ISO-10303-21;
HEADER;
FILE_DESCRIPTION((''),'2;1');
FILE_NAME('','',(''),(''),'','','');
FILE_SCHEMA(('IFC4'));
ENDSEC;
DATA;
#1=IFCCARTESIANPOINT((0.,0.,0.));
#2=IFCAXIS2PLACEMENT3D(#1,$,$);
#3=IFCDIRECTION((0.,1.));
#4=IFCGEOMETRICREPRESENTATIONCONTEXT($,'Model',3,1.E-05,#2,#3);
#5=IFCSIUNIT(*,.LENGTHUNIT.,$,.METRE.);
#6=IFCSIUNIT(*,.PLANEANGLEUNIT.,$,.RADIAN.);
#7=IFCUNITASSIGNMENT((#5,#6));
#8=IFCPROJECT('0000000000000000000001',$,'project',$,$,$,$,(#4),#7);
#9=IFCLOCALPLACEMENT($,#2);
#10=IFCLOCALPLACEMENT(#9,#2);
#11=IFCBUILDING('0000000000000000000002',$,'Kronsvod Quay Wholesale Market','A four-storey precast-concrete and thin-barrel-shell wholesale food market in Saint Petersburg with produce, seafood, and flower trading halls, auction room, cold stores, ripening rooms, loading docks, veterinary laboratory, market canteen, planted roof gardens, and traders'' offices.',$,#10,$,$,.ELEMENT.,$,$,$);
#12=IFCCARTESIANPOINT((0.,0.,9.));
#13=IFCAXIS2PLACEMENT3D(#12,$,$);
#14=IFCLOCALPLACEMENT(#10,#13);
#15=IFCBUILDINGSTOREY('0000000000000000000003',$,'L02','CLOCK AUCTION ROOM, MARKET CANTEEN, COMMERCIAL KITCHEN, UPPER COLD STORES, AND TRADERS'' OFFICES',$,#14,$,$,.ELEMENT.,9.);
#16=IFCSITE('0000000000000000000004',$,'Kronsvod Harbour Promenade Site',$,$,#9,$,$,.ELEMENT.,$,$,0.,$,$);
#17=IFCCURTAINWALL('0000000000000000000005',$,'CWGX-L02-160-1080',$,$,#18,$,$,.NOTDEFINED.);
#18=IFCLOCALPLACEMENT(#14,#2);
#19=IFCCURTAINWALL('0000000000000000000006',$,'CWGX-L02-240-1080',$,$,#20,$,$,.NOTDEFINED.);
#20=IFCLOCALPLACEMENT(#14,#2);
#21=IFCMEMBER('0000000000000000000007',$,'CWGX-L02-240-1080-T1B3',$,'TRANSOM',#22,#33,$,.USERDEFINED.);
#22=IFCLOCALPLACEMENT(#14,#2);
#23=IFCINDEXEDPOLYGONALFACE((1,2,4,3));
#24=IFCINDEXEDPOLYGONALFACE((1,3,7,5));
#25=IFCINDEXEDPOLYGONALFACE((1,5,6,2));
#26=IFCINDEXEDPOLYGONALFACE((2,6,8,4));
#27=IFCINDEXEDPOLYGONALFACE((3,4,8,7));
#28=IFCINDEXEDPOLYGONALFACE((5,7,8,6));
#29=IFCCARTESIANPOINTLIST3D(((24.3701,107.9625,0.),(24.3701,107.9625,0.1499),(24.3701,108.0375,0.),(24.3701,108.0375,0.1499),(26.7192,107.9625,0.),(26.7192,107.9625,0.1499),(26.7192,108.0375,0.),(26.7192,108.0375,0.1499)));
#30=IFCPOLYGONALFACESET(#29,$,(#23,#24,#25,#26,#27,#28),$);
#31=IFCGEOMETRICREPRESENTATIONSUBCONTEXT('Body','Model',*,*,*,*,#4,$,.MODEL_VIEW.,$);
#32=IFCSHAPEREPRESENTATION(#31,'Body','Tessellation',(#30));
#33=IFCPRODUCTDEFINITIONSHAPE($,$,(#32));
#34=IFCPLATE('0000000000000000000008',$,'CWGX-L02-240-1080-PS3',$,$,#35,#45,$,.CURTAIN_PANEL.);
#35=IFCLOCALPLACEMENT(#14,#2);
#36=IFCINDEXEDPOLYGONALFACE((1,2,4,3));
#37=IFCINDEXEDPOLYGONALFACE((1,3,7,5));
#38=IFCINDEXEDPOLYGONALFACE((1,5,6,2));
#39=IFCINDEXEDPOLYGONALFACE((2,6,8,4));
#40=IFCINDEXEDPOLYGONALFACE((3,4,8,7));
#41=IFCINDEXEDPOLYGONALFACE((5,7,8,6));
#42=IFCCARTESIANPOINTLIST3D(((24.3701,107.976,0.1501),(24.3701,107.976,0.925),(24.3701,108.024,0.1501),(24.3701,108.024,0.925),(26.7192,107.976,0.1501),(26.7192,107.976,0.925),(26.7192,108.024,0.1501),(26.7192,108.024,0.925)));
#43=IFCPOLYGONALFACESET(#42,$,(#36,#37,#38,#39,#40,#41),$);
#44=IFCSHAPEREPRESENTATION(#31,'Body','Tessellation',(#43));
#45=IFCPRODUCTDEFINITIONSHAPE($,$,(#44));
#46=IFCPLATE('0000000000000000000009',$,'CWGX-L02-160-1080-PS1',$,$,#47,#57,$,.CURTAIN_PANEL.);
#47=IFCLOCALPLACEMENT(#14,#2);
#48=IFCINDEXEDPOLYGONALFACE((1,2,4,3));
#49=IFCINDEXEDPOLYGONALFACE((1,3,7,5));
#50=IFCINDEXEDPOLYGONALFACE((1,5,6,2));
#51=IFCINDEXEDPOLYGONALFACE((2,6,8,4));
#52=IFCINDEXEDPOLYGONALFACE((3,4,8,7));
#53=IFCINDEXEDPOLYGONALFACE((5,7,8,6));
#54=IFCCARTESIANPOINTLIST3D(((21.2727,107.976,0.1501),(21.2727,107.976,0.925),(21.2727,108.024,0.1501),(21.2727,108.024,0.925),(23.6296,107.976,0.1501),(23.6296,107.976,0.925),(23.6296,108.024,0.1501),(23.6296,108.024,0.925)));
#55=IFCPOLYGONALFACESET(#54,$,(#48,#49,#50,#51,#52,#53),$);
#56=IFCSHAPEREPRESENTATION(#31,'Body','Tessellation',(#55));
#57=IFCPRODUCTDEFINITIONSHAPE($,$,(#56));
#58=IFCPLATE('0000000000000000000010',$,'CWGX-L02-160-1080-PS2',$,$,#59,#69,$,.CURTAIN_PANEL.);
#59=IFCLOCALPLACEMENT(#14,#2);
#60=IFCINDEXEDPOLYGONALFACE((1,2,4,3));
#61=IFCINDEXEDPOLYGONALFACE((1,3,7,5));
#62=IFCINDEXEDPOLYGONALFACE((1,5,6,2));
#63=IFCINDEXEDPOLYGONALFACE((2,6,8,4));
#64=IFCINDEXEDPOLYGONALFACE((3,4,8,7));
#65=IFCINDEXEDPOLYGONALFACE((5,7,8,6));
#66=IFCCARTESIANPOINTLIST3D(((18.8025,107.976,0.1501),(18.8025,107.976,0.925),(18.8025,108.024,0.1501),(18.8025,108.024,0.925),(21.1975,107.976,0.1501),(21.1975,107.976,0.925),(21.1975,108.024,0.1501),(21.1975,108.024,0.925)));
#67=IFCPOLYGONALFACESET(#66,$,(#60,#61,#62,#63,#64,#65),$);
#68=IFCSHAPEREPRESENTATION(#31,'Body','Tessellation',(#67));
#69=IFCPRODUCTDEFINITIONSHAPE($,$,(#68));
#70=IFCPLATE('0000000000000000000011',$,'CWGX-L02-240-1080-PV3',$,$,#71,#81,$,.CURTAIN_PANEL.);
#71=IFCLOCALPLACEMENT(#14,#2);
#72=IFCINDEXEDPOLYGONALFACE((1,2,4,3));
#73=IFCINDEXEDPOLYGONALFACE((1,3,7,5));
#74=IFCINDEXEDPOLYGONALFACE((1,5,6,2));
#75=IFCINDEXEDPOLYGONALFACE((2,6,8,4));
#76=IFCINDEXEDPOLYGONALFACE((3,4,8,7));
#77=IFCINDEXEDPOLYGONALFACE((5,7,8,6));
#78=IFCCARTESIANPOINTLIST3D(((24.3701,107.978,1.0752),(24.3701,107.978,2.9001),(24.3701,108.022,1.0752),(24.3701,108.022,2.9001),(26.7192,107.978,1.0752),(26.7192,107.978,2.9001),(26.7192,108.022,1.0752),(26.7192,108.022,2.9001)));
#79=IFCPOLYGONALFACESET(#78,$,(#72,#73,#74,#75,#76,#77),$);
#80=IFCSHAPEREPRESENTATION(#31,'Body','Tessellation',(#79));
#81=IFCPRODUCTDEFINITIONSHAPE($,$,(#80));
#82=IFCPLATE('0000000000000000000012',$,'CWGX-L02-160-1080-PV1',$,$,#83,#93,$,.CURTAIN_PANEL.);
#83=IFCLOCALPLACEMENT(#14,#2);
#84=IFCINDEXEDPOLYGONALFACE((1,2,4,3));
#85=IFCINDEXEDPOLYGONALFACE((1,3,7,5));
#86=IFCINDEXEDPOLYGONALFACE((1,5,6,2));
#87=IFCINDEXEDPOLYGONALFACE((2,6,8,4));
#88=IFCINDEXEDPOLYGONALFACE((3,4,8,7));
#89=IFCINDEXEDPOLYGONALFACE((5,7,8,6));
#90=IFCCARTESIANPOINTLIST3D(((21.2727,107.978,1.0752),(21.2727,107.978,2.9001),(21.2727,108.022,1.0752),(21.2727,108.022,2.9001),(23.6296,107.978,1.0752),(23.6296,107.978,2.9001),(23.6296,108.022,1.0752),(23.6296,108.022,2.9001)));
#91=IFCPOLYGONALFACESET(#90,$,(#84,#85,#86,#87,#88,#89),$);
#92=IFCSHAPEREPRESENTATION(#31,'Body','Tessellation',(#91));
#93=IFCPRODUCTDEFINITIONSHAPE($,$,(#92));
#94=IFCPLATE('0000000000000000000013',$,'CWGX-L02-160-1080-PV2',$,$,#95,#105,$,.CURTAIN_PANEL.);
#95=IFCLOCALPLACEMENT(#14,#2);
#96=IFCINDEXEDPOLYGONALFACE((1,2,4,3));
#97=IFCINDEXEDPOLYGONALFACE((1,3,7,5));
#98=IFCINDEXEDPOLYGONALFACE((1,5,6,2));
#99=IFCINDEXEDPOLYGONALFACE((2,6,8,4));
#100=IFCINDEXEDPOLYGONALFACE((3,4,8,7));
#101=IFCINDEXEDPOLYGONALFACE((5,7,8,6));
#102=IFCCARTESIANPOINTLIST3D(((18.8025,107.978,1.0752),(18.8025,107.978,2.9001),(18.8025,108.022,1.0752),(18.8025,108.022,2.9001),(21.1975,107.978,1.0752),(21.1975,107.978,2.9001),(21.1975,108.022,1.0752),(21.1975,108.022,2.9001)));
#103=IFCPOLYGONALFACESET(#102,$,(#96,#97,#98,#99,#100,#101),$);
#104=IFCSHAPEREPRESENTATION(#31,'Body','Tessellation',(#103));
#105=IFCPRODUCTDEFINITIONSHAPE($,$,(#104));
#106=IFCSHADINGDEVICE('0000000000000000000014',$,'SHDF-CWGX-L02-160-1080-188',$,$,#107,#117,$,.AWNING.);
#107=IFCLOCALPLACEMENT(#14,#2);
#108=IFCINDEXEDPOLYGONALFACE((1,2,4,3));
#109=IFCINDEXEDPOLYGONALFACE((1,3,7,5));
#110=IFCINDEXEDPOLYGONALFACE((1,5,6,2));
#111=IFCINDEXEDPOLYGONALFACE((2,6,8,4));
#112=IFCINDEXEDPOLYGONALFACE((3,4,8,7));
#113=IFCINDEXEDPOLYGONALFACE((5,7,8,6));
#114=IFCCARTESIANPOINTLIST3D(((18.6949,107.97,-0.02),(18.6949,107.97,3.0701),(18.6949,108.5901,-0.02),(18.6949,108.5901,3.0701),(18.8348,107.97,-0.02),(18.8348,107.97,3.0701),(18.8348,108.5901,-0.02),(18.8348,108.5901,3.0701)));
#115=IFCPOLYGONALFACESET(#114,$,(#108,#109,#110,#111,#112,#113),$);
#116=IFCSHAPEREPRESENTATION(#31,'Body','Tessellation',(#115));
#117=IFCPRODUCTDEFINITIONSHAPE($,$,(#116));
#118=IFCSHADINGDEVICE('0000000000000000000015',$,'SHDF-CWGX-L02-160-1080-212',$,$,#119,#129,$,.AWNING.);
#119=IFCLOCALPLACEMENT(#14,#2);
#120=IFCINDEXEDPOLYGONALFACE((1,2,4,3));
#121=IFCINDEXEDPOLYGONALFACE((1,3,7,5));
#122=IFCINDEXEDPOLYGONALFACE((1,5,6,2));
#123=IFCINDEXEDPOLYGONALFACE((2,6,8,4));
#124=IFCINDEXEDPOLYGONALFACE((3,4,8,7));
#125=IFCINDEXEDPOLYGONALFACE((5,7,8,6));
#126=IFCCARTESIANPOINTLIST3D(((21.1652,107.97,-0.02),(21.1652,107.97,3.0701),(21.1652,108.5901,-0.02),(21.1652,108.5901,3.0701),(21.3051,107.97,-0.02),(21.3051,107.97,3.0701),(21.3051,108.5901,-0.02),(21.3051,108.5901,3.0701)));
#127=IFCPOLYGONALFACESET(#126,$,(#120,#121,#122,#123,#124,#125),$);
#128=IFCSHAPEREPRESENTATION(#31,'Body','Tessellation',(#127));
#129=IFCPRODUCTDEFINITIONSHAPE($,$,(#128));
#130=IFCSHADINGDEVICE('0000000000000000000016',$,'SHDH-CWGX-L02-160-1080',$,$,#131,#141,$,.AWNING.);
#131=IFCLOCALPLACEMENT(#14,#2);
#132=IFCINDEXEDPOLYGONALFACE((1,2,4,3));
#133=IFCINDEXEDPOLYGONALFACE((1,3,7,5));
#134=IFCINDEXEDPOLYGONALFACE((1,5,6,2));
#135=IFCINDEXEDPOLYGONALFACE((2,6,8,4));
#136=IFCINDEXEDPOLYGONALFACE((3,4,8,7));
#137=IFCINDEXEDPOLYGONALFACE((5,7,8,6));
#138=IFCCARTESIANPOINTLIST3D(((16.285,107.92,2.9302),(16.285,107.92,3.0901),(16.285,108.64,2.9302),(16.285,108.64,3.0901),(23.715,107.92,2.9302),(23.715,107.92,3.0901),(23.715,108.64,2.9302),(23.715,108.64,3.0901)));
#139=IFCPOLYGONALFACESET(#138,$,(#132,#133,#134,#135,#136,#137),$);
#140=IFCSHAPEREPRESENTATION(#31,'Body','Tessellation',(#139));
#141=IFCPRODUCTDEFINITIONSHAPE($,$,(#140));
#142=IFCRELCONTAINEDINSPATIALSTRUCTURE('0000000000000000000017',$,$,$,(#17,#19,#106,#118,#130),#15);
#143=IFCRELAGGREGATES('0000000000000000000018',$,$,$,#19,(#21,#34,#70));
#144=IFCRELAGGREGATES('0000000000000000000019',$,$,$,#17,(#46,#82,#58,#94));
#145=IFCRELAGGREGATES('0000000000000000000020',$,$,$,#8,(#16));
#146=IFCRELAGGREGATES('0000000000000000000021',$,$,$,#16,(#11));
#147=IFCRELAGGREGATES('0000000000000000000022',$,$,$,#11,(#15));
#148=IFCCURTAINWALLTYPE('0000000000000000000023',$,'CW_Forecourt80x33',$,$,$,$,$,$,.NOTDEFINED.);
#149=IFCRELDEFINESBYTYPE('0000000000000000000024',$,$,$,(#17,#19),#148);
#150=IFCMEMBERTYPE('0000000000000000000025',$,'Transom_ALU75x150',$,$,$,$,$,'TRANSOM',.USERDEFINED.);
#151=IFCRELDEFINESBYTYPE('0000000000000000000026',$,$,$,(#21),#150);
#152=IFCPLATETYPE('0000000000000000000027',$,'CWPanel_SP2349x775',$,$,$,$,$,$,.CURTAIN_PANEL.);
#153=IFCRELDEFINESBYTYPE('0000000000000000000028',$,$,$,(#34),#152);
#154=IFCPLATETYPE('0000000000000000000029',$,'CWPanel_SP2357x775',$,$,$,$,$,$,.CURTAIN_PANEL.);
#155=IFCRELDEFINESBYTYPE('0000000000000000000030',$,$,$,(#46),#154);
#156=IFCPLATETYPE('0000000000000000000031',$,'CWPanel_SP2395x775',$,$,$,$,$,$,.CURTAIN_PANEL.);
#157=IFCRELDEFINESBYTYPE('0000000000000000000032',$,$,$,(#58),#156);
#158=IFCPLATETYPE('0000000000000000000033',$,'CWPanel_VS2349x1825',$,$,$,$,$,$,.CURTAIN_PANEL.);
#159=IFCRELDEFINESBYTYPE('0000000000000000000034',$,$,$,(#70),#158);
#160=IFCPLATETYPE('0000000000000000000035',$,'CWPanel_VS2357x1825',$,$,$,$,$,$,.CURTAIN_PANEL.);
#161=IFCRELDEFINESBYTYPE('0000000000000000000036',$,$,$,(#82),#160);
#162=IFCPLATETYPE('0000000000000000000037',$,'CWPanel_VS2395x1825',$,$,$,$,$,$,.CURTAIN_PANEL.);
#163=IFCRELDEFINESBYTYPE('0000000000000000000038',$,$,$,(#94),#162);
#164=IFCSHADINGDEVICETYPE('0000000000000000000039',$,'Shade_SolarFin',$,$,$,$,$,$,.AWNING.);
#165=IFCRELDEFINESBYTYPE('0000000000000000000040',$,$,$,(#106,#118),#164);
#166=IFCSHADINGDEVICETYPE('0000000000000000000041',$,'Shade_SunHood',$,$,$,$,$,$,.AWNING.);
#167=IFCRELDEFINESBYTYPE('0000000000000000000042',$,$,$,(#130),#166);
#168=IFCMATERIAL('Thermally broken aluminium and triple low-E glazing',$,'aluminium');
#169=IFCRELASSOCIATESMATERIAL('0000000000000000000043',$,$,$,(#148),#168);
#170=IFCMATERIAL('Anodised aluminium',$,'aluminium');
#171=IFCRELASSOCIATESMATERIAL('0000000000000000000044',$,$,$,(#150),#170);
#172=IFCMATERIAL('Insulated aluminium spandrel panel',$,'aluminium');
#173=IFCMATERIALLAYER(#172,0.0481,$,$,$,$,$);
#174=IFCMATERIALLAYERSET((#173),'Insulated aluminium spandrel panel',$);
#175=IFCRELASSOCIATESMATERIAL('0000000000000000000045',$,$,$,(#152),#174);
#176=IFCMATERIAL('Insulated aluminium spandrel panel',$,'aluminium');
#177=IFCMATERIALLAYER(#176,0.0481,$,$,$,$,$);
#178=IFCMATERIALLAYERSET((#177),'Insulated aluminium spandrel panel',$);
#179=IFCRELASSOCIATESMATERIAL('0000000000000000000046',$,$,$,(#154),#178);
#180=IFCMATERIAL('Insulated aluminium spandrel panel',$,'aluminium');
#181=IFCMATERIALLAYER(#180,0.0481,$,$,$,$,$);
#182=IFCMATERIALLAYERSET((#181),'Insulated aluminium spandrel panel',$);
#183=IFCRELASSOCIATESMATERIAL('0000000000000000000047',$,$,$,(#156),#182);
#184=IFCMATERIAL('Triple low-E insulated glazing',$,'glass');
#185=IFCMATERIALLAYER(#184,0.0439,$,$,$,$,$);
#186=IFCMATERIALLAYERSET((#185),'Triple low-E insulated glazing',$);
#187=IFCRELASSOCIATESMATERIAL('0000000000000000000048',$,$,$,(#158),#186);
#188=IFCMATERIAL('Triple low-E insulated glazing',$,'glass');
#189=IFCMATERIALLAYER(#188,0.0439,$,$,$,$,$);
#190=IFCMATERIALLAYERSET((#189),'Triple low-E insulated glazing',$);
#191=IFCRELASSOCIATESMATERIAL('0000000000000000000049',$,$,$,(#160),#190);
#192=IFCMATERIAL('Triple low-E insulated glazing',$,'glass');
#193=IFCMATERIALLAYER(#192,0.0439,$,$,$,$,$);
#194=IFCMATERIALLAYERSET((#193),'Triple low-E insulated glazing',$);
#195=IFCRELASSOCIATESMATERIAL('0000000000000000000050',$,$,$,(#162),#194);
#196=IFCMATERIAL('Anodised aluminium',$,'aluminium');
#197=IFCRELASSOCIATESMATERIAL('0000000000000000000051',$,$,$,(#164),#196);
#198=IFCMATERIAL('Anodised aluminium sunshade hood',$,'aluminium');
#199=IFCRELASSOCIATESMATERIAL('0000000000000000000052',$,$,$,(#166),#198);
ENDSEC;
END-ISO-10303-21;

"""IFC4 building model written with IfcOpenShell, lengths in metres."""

from ifc_helpers import new_model, si_unit, direction, frame, origin, origin_2d, place, context, subcontext, project, spatial, rectangle, extrude, material, layer, layer_set, material_profile, profile_set, type_object, element, aggregate, save


model = new_model("IFC4")

# Units and contexts
model_context = context("Model", 3, precision=1e-05, world=origin(), true_north=direction((0.0, 1.0)))
body_context = subcontext(model_context, "Body", "Model", "MODEL_VIEW")
ifc_project = project(units=[si_unit("LENGTHUNIT", "METRE"), si_unit("PLANEANGLEUNIT", "RADIAN")], contexts=[model_context])

# Site, building, storey
site_placement = place(None, origin())
site = spatial("IfcSite", under=ifc_project, at=site_placement, Name="Kronsvod Harbour Promenade Site", CompositionType="ELEMENT", RefElevation=0.0)
building_placement = place(site_placement, origin())
building = spatial("IfcBuilding", under=site, at=building_placement, Name="Kronsvod Quay Wholesale Market", Description="A four-storey precast-concrete and thin-barrel-shell wholesale food market in Saint Petersburg with produce, seafood, and flower trading halls, auction room, cold stores, ripening rooms, loading docks, veterinary laboratory, market canteen, planted roof gardens, and traders' offices.", CompositionType="ELEMENT")
storey_placement = place(building_placement, frame((0.0, 0.0, 9.0)))
storey = spatial("IfcBuildingStorey", under=building, at=storey_placement, Name="L02", Description="CLOCK AUCTION ROOM, MARKET CANTEEN, COMMERCIAL KITCHEN, UPPER COLD STORES, AND TRADERS' OFFICES", CompositionType="ELEMENT", Elevation=9.0)

# Curtain wall
ifc_material_1 = material(Name="Thermally broken aluminium and triple low-E glazing", Category="aluminium")
curtain_wall_type = type_object("IfcCurtainWallType", Name="CW_Forecourt80x33", PredefinedType="NOTDEFINED", material=ifc_material_1)
curtain_wall_1_placement = place(storey_placement, origin())
curtain_wall_1 = element("IfcCurtainWall", 1, at=curtain_wall_1_placement, inside=storey, type_object=curtain_wall_type, Name="CWGX-L02-160-1080", PredefinedType="NOTDEFINED")

# Curtain wall
curtain_wall_2_placement = place(storey_placement, origin())
curtain_wall_2 = element("IfcCurtainWall", 2, at=curtain_wall_2_placement, inside=storey, type_object=curtain_wall_type, Name="CWGX-L02-240-1080", PredefinedType="NOTDEFINED")

# Member
ifc_material_2 = material(Name="Anodised aluminium", Category="aluminium")
ifc_material_profile_1 = material_profile(ifc_material_2, rectangle(XDim=0.075, YDim=0.1499, at=origin_2d()), Name="ALUT75x150")
ifc_profile_set_1 = profile_set([ifc_material_profile_1], Name="Anodised aluminium")
member_type_1 = type_object("IfcMemberType", Name="Transom_ALU75x150", ElementType="TRANSOM", PredefinedType="USERDEFINED", material=ifc_profile_set_1)
member_1_placement = place(storey_placement, frame((26.7192, 108.0, 0.075), z_axis=(-1.0, 0.0, 0.0), x_axis=(0.0, -1.0, 0.0)))
member_1 = element("IfcMember", 3, at=member_1_placement, type_object=member_type_1, Name="CWGX-L02-240-1080-T1B3", ObjectType="TRANSOM", PredefinedType="USERDEFINED", context=body_context, shape_type="SweptSolid", body=[
    extrude(rectangle(XDim=0.075, YDim=0.1499, at=origin_2d()), origin(), (0.0, 0.0, 1.0), 2.3491),
])

# Plates
ifc_material_3 = material(Name="Insulated aluminium spandrel panel", Category="aluminium")
ifc_layer_1 = layer(ifc_material_3, 0.0481)
ifc_layer_set_1 = layer_set([ifc_layer_1], Name="Insulated aluminium spandrel panel")
plate_type_1 = type_object("IfcPlateType", Name="CWPanel_SP2349x775", PredefinedType="CURTAIN_PANEL", material=ifc_layer_set_1)
plate_1_placement = place(storey_placement, frame((25.5447, 108.0, 0.1501), z_axis=(0.0, 0.0, 1.0), x_axis=(-1.0, 0.0, 0.0)))
plate_1 = element("IfcPlate", 4, at=plate_1_placement, type_object=plate_type_1, Name="CWGX-L02-240-1080-PS3", PredefinedType="CURTAIN_PANEL", context=body_context, shape_type="SweptSolid", body=[
    extrude(rectangle(XDim=2.3491, YDim=0.0481, at=origin_2d()), origin(), (0.0, 0.0, 1.0), 0.7749),
])
ifc_material_4 = material(Name="Insulated aluminium spandrel panel", Category="aluminium")
ifc_layer_2 = layer(ifc_material_4, 0.0481)
ifc_layer_set_2 = layer_set([ifc_layer_2], Name="Insulated aluminium spandrel panel")
plate_type_2 = type_object("IfcPlateType", Name="CWPanel_SP2357x775", PredefinedType="CURTAIN_PANEL", material=ifc_layer_set_2)
plate_2_placement = place(storey_placement, frame((22.4512, 108.0, 0.1501), z_axis=(0.0, 0.0, 1.0), x_axis=(-1.0, 0.0, 0.0)))
plate_2 = element("IfcPlate", 5, at=plate_2_placement, type_object=plate_type_2, Name="CWGX-L02-160-1080-PS1", PredefinedType="CURTAIN_PANEL", context=body_context, shape_type="SweptSolid", body=[
    extrude(rectangle(XDim=2.3569, YDim=0.0481, at=origin_2d()), origin(), (0.0, 0.0, 1.0), 0.7749),
])
ifc_material_5 = material(Name="Insulated aluminium spandrel panel", Category="aluminium")
ifc_layer_3 = layer(ifc_material_5, 0.0481)
ifc_layer_set_3 = layer_set([ifc_layer_3], Name="Insulated aluminium spandrel panel")
plate_type_3 = type_object("IfcPlateType", Name="CWPanel_SP2395x775", PredefinedType="CURTAIN_PANEL", material=ifc_layer_set_3)
plate_3_placement = place(storey_placement, frame((20.0, 108.0, 0.1501), z_axis=(0.0, 0.0, 1.0), x_axis=(-1.0, 0.0, 0.0)))
plate_3 = element("IfcPlate", 6, at=plate_3_placement, type_object=plate_type_3, Name="CWGX-L02-160-1080-PS2", PredefinedType="CURTAIN_PANEL", context=body_context, shape_type="SweptSolid", body=[
    extrude(rectangle(XDim=2.395, YDim=0.0481, at=origin_2d()), origin(), (0.0, 0.0, 1.0), 0.7749),
])
ifc_material_6 = material(Name="Triple low-E insulated glazing", Category="glass")
ifc_layer_4 = layer(ifc_material_6, 0.0439)
ifc_layer_set_4 = layer_set([ifc_layer_4], Name="Triple low-E insulated glazing")
plate_type_4 = type_object("IfcPlateType", Name="CWPanel_VS2349x1825", PredefinedType="CURTAIN_PANEL", material=ifc_layer_set_4)
plate_4_placement = place(storey_placement, frame((25.5447, 108.0, 1.0752), z_axis=(0.0, 0.0, 1.0), x_axis=(-1.0, 0.0, 0.0)))
plate_4 = element("IfcPlate", 7, at=plate_4_placement, type_object=plate_type_4, Name="CWGX-L02-240-1080-PV3", PredefinedType="CURTAIN_PANEL", context=body_context, shape_type="SweptSolid", body=[
    extrude(rectangle(XDim=2.3491, YDim=0.0439, at=origin_2d()), origin(), (0.0, 0.0, 1.0), 1.825),
])
aggregate(curtain_wall_2, [member_1, plate_1, plate_4])
ifc_material_7 = material(Name="Triple low-E insulated glazing", Category="glass")
ifc_layer_5 = layer(ifc_material_7, 0.0439)
ifc_layer_set_5 = layer_set([ifc_layer_5], Name="Triple low-E insulated glazing")
plate_type_5 = type_object("IfcPlateType", Name="CWPanel_VS2357x1825", PredefinedType="CURTAIN_PANEL", material=ifc_layer_set_5)
plate_5_placement = place(storey_placement, frame((22.4512, 108.0, 1.0752), z_axis=(0.0, 0.0, 1.0), x_axis=(-1.0, 0.0, 0.0)))
plate_5 = element("IfcPlate", 8, at=plate_5_placement, type_object=plate_type_5, Name="CWGX-L02-160-1080-PV1", PredefinedType="CURTAIN_PANEL", context=body_context, shape_type="SweptSolid", body=[
    extrude(rectangle(XDim=2.3569, YDim=0.0439, at=origin_2d()), origin(), (0.0, 0.0, 1.0), 1.825),
])
ifc_material_8 = material(Name="Triple low-E insulated glazing", Category="glass")
ifc_layer_6 = layer(ifc_material_8, 0.0439)
ifc_layer_set_6 = layer_set([ifc_layer_6], Name="Triple low-E insulated glazing")
plate_type_6 = type_object("IfcPlateType", Name="CWPanel_VS2395x1825", PredefinedType="CURTAIN_PANEL", material=ifc_layer_set_6)
plate_6_placement = place(storey_placement, frame((20.0, 108.0, 1.0752), z_axis=(0.0, 0.0, 1.0), x_axis=(-1.0, 0.0, 0.0)))
plate_6 = element("IfcPlate", 9, at=plate_6_placement, type_object=plate_type_6, Name="CWGX-L02-160-1080-PV2", PredefinedType="CURTAIN_PANEL", context=body_context, shape_type="SweptSolid", body=[
    extrude(rectangle(XDim=2.395, YDim=0.0439, at=origin_2d()), origin(), (0.0, 0.0, 1.0), 1.825),
])
aggregate(curtain_wall_1, [plate_2, plate_5, plate_3, plate_6])

# Shading devices
ifc_material_9 = material(Name="Anodised aluminium", Category="aluminium")
shading_device_type_1 = type_object("IfcShadingDeviceType", Name="Shade_SolarFin", PredefinedType="AWNING", material=ifc_material_9)
for number, where, z_axis, x_axis, name in (
    (10, (18.7649, 108.28, -0.02), (0.0, 0.0, 1.0), (1.0, 0.0, 0.0), "SHDF-CWGX-L02-160-1080-188"),
    (11, (21.2351, 108.28, -0.02), (0.0, 0.0, 1.0), (1.0, 0.0, 0.0), "SHDF-CWGX-L02-160-1080-212"),
):
    element("IfcShadingDevice", number, at=place(storey_placement, frame(where, z_axis=z_axis, x_axis=x_axis)), inside=storey, type_object=shading_device_type_1, Name=name, PredefinedType="AWNING", context=body_context, shape_type="SweptSolid", body=[
        extrude(rectangle(XDim=0.1399, YDim=0.6201, at=origin_2d()), origin(), (0.0, 0.0, 1.0), 3.0901),
    ])
ifc_material_10 = material(Name="Anodised aluminium sunshade hood", Category="aluminium")
shading_device_type_2 = type_object("IfcShadingDeviceType", Name="Shade_SunHood", PredefinedType="AWNING", material=ifc_material_10)
shading_device_placement = place(storey_placement, frame((20.0, 108.28, 2.9302), z_axis=(0.0, 0.0, 1.0), x_axis=(1.0, 0.0, 0.0)))
element("IfcShadingDevice", 12, at=shading_device_placement, inside=storey, type_object=shading_device_type_2, Name="SHDH-CWGX-L02-160-1080", PredefinedType="AWNING", context=body_context, shape_type="SweptSolid", body=[
    extrude(rectangle(XDim=7.4299, YDim=0.72, at=origin_2d()), origin(), (0.0, 0.0, 1.0), 0.1599),
])

save(model, "model.ifc")
